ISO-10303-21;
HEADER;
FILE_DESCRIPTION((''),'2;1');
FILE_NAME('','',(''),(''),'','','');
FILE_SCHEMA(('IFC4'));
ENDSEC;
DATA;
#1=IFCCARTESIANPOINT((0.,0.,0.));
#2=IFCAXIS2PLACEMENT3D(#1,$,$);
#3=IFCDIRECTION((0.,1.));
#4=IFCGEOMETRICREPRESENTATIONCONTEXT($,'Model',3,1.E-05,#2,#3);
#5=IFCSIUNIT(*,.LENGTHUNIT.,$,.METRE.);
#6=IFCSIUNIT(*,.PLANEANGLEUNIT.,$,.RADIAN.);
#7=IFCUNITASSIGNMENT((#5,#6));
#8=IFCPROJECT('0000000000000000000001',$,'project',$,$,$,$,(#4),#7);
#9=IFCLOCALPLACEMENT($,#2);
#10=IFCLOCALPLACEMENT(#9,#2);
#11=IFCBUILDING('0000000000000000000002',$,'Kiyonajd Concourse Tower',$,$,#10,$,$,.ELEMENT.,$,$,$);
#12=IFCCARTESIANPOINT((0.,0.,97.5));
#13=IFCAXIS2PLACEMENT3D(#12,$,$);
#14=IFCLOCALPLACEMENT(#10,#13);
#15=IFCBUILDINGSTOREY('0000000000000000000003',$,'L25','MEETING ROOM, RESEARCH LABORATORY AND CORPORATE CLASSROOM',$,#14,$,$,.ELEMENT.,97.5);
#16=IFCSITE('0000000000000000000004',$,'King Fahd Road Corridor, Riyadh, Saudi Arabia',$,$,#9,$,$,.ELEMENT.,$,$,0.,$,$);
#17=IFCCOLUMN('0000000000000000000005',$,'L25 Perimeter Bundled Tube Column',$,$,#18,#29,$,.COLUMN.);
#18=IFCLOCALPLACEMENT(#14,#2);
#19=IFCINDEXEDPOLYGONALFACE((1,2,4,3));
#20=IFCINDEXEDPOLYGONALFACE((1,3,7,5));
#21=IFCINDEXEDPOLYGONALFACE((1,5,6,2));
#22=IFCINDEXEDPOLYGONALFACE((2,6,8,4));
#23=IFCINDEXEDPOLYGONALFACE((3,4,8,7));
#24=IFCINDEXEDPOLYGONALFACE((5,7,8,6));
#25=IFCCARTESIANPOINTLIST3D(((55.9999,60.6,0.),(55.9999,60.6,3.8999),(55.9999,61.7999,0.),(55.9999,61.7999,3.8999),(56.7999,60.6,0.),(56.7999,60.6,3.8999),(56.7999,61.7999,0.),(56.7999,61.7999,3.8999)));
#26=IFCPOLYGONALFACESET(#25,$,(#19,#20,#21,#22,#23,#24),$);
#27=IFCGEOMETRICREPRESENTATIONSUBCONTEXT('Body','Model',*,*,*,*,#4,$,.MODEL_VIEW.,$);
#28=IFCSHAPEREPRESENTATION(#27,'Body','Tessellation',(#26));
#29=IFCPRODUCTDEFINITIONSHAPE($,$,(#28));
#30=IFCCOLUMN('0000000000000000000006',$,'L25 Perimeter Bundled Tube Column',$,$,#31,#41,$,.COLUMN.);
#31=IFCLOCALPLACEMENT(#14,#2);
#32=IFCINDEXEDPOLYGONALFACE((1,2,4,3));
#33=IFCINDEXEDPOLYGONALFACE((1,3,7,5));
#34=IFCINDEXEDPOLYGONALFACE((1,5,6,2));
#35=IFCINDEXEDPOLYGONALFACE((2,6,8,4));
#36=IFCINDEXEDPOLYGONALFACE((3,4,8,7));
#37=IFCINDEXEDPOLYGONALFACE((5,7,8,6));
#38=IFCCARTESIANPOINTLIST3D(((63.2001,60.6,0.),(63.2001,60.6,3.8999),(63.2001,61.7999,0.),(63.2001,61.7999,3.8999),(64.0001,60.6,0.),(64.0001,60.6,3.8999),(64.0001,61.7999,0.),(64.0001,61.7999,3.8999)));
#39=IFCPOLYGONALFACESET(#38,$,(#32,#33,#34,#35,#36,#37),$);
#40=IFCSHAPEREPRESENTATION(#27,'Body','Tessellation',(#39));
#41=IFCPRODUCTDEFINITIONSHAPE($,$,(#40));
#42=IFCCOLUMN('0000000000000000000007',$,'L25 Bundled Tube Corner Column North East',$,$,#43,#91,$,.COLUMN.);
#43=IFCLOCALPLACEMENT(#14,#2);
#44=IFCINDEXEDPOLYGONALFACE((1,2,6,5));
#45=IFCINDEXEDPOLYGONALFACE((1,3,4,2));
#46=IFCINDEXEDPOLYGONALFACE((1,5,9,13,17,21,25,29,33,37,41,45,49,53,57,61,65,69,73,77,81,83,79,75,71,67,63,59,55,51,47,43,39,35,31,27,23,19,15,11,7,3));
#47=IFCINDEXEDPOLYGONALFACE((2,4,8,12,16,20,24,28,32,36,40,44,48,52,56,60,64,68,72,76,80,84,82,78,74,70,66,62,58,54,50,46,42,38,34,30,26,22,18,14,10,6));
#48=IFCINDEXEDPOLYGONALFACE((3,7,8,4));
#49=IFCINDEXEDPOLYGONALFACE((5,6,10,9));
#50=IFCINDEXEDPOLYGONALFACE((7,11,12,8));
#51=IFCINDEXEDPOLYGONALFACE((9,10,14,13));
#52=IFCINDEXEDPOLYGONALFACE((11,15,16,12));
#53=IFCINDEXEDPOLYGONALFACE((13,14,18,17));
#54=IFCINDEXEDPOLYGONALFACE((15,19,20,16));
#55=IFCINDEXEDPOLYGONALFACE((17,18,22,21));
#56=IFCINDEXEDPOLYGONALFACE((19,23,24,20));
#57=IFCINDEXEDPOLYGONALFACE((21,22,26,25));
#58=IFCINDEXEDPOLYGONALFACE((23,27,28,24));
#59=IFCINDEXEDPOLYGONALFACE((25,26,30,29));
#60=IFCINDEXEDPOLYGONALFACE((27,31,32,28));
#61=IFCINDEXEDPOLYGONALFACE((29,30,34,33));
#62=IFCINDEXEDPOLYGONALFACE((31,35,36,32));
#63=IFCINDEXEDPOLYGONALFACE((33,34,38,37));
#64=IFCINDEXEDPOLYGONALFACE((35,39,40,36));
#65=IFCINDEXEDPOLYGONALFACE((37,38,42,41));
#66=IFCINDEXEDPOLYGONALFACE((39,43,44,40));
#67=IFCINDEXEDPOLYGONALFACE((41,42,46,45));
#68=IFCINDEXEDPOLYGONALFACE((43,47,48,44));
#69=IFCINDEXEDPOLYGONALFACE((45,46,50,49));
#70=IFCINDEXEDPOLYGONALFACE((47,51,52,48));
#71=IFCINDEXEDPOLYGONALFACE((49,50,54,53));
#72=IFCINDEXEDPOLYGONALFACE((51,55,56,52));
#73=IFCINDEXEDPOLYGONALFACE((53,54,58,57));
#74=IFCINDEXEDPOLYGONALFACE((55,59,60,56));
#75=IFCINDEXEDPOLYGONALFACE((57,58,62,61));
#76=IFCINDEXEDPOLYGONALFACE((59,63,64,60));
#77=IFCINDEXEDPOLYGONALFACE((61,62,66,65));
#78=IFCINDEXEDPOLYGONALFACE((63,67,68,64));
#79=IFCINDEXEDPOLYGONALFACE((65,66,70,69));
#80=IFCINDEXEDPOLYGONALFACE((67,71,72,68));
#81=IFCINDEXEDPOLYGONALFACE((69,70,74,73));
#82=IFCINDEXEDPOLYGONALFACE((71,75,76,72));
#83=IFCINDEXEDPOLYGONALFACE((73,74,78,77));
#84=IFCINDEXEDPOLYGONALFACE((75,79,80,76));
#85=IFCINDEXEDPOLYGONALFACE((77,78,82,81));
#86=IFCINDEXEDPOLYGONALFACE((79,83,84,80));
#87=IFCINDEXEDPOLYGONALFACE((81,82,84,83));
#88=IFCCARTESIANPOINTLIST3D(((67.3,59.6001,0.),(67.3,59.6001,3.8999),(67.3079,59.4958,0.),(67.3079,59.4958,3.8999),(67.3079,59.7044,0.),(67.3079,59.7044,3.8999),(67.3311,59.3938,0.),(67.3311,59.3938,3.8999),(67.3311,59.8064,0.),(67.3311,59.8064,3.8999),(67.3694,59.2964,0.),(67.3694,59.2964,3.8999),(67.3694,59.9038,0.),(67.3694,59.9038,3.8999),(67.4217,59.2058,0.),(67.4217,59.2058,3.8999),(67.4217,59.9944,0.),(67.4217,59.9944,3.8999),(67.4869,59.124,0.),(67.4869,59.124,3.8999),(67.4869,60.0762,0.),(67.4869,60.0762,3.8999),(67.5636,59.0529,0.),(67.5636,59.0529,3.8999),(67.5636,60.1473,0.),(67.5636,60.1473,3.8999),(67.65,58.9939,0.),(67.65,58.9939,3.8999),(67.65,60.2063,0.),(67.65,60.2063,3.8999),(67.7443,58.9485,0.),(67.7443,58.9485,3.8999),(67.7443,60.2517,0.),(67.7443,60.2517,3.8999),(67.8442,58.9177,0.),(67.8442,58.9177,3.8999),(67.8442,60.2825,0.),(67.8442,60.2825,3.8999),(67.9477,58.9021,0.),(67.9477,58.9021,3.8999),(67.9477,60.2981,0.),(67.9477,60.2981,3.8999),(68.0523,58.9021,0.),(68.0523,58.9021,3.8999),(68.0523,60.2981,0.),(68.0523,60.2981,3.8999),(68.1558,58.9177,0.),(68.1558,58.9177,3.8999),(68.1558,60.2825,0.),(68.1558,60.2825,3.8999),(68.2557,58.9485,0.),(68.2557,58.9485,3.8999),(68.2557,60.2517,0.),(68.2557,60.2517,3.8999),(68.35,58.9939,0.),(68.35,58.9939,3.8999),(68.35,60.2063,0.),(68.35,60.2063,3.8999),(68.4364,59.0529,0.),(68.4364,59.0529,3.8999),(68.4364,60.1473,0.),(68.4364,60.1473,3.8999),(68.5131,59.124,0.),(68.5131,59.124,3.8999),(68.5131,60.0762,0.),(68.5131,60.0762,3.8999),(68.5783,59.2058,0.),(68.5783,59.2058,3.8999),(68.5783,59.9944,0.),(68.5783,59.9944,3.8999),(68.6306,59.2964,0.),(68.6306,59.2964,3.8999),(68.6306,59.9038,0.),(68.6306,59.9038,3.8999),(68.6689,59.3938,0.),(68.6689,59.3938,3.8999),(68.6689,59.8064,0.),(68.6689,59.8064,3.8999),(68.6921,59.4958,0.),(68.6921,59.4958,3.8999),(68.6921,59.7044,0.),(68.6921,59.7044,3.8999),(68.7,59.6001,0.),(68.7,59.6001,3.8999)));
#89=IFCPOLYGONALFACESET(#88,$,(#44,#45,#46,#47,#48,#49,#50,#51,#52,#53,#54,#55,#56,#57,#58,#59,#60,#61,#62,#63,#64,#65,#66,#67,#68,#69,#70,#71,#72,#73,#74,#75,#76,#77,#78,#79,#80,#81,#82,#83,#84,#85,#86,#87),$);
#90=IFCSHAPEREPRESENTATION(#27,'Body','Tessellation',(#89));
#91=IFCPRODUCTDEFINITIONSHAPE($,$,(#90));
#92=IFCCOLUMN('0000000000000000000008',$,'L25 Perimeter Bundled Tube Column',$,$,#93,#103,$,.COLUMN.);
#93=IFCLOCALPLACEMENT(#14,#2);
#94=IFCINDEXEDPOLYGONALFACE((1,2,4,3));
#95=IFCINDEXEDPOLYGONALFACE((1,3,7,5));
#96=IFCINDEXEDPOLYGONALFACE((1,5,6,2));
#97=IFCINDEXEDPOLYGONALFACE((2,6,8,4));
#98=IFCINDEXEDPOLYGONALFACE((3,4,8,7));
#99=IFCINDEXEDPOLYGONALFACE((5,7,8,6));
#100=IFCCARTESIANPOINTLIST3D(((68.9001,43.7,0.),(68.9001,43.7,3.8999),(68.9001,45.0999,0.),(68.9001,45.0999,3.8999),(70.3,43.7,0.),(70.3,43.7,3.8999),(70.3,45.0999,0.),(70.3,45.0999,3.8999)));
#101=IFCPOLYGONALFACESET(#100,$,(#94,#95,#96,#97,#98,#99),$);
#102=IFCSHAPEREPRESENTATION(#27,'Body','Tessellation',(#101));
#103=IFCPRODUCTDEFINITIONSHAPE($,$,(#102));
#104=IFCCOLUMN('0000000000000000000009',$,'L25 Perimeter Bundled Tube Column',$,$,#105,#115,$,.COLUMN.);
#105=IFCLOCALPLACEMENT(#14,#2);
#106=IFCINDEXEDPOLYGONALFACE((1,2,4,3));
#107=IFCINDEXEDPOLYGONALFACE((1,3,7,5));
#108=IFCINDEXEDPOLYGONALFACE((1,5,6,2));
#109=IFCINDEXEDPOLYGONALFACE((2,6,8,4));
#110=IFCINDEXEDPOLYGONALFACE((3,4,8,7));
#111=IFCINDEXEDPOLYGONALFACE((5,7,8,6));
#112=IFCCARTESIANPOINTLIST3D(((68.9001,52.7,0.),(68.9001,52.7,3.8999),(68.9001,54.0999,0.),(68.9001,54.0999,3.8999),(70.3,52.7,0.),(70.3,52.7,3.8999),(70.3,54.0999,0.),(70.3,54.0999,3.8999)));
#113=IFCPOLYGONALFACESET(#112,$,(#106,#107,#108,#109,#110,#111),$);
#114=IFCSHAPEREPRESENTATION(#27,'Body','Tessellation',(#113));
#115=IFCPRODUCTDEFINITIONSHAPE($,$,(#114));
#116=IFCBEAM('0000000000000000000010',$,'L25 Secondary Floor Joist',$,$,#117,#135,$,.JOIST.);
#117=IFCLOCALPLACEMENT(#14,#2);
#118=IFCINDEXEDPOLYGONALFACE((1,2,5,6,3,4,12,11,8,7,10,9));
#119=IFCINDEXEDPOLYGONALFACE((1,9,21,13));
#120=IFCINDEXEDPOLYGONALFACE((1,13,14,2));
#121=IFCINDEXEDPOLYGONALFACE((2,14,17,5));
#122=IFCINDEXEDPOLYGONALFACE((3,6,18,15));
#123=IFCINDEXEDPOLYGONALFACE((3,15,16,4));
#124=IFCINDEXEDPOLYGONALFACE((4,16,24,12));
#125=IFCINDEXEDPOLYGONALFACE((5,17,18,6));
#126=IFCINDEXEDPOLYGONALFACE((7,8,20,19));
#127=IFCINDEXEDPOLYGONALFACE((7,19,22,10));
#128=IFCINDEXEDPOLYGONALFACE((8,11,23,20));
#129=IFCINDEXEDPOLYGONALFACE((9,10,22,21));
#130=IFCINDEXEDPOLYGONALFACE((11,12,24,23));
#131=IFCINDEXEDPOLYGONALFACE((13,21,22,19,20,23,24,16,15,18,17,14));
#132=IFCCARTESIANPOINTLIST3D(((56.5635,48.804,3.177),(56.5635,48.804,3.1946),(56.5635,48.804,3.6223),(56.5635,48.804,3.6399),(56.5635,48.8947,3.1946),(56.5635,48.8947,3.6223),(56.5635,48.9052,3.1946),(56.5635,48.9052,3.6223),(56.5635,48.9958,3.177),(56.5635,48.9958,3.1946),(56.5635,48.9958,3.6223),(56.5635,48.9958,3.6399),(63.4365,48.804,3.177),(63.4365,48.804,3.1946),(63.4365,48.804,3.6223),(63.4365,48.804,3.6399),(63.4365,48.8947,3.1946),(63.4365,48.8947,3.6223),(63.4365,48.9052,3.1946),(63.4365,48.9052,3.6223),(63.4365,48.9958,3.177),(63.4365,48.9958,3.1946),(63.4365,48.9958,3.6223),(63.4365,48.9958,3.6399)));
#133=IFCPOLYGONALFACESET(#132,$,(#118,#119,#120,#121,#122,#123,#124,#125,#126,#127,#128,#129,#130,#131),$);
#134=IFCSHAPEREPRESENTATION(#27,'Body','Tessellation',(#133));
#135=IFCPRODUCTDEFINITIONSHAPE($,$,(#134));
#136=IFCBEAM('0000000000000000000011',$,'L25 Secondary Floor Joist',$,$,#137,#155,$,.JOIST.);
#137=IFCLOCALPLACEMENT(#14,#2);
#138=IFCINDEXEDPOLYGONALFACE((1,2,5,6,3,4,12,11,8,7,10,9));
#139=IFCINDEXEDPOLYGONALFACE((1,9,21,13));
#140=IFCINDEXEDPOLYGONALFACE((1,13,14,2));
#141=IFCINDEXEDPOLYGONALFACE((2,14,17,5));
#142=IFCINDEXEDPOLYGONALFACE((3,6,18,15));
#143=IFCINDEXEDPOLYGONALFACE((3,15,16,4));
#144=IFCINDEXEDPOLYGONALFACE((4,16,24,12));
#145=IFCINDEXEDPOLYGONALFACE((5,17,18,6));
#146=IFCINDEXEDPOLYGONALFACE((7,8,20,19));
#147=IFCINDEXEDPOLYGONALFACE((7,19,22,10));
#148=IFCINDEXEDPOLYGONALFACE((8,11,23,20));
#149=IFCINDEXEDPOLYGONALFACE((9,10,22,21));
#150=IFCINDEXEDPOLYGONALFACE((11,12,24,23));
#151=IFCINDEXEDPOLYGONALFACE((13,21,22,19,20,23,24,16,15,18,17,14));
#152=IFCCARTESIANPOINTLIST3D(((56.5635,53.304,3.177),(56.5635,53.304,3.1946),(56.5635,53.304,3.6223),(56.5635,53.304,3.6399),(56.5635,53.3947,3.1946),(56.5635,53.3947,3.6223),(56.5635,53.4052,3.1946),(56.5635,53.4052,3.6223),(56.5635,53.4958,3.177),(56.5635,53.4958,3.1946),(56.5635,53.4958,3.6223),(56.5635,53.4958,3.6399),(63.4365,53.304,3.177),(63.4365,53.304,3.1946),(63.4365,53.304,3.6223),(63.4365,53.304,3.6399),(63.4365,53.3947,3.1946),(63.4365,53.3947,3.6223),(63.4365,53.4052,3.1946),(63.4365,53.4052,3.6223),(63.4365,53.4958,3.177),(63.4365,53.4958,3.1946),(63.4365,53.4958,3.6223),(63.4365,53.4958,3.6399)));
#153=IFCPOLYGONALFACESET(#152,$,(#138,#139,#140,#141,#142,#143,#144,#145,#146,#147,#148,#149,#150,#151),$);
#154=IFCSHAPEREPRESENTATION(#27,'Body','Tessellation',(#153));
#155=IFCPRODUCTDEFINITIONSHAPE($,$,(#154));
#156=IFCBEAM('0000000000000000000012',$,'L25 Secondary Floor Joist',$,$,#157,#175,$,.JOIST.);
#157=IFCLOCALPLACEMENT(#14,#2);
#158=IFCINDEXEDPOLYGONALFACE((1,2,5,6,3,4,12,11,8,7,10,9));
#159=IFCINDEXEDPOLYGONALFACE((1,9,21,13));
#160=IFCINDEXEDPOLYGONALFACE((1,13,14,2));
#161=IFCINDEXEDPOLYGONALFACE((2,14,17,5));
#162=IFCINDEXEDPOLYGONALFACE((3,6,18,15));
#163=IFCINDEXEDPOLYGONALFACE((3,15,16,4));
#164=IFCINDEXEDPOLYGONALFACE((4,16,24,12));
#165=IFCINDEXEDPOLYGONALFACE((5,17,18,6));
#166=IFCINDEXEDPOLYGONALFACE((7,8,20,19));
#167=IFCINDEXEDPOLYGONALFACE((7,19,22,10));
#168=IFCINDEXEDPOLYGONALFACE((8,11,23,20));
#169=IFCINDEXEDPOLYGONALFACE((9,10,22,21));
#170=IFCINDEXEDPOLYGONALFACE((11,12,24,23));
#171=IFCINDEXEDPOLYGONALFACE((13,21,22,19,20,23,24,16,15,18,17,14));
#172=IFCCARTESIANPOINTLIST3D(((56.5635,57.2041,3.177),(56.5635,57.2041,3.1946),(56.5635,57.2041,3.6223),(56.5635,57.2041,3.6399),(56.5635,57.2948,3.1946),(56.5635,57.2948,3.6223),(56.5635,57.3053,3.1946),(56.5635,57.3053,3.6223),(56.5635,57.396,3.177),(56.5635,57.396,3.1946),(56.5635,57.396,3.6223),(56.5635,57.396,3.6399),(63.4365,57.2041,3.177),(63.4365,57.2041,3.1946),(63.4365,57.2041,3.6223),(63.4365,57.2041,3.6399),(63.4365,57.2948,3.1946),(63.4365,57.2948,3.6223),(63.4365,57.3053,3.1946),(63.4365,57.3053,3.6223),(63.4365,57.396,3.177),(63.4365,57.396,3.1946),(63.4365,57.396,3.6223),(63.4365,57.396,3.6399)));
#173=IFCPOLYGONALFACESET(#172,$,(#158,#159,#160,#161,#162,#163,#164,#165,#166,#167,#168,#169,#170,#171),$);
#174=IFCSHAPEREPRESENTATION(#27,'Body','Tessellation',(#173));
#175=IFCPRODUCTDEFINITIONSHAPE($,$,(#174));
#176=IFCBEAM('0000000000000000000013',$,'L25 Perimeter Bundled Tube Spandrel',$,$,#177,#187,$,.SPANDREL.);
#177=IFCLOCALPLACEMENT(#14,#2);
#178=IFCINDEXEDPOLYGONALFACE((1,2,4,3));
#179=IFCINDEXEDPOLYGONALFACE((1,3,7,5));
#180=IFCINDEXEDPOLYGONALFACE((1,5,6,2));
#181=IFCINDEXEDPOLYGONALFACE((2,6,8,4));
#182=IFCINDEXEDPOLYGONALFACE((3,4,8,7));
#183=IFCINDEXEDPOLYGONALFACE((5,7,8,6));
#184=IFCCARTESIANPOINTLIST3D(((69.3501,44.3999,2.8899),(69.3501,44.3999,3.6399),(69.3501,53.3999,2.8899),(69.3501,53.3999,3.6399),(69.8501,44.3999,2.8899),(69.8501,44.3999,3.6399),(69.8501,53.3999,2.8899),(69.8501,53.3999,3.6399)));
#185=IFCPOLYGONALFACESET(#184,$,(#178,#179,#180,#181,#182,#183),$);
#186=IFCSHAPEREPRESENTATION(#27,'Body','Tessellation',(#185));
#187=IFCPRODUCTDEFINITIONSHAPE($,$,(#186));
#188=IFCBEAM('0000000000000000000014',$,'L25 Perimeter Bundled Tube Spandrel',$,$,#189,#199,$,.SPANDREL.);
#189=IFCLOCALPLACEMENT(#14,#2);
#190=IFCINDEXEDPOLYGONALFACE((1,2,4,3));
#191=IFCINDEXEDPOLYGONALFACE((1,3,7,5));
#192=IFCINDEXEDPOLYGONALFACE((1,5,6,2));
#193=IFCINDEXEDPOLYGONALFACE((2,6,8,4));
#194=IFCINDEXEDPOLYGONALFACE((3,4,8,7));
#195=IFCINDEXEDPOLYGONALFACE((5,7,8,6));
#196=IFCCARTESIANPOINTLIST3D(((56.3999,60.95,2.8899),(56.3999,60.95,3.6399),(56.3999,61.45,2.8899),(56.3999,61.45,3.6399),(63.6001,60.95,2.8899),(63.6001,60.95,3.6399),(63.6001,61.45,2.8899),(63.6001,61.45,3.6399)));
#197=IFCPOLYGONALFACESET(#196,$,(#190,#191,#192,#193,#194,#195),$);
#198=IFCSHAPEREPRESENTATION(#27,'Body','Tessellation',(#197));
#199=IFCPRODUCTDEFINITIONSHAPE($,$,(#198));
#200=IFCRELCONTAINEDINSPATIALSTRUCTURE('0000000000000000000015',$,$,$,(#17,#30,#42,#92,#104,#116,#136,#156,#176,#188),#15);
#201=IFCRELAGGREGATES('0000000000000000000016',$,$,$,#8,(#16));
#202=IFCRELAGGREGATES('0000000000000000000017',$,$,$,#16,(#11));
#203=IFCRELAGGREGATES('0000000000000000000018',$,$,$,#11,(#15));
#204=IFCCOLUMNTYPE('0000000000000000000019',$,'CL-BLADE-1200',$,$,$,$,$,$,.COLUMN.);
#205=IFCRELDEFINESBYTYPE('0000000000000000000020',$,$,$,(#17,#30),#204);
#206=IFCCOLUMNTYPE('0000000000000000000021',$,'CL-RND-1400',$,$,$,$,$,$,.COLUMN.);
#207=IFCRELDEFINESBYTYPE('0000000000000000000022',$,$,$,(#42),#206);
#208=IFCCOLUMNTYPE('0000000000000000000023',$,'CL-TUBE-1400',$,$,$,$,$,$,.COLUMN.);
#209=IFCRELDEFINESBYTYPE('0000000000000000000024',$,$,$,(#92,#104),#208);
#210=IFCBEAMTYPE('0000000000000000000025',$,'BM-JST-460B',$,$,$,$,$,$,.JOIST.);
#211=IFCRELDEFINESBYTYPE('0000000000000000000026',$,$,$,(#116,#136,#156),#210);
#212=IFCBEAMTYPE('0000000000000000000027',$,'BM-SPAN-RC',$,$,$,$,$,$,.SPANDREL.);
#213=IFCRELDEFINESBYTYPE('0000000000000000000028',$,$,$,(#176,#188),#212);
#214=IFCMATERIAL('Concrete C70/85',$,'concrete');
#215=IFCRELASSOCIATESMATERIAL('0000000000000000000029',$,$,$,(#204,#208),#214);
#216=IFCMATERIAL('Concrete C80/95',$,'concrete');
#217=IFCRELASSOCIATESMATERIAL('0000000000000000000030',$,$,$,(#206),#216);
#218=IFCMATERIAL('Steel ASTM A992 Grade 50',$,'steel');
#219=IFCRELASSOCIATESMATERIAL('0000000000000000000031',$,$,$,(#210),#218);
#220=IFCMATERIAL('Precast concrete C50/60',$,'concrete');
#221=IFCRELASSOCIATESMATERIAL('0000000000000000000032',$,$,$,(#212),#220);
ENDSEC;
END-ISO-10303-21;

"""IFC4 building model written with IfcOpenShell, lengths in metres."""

from ifc_helpers import new_model, si_unit, direction, frame, origin, origin_2d, place, context, subcontext, project, spatial, rectangle, circle, i_section, extrude, material, material_profile, profile_set, type_object, element, save


model = new_model("IFC4")

# Units and contexts
model_context = context("Model", 3, precision=1e-05, world=origin(), true_north=direction((0.0, 1.0)))
body_context = subcontext(model_context, "Body", "Model", "MODEL_VIEW")
ifc_project = project(units=[si_unit("LENGTHUNIT", "METRE"), si_unit("PLANEANGLEUNIT", "RADIAN")], contexts=[model_context])

# Site, building, storey
site_placement = place(None, origin())
site = spatial("IfcSite", under=ifc_project, at=site_placement, Name="King Fahd Road Corridor, Riyadh, Saudi Arabia", CompositionType="ELEMENT", RefElevation=0.0)
building_placement = place(site_placement, origin())
building = spatial("IfcBuilding", under=site, at=building_placement, Name="Kiyonajd Concourse Tower", CompositionType="ELEMENT")
storey_placement = place(building_placement, frame((0.0, 0.0, 97.5)))
storey = spatial("IfcBuildingStorey", under=building, at=storey_placement, Name="L25", Description="MEETING ROOM, RESEARCH LABORATORY AND CORPORATE CLASSROOM", CompositionType="ELEMENT", Elevation=97.5)

# Columns
ifc_material_1 = material(Name="Concrete C70/85", Category="concrete")
ifc_material_profile_1 = material_profile(ifc_material_1, rectangle(XDim=0.8, YDim=1.2, at=origin_2d()), Name="RC-1200x800")
ifc_profile_set_1 = profile_set([ifc_material_profile_1], Name="Concrete C70/85")
column_type_1 = type_object("IfcColumnType", Name="CL-BLADE-1200", PredefinedType="COLUMN", material=ifc_profile_set_1)
for number, where, z_axis, x_axis, name in (
    (1, (56.3999, 61.2, 0.0), (0.0, 0.0, 1.0), (1.0, 0.0, 0.0), "L25 Perimeter Bundled Tube Column"),
    (2, (63.6001, 61.2, 0.0), (0.0, 0.0, 1.0), (1.0, 0.0, 0.0), "L25 Perimeter Bundled Tube Column"),
):
    element("IfcColumn", number, at=place(storey_placement, frame(where, z_axis=z_axis, x_axis=x_axis)), inside=storey, type_object=column_type_1, Name=name, PredefinedType="COLUMN", context=body_context, shape_type="SweptSolid", body=[
        extrude(rectangle(XDim=0.8, YDim=1.2, at=origin_2d()), origin(), (0.0, 0.0, 1.0), 3.8999),
    ])
ifc_material_2 = material(Name="Concrete C80/95", Category="concrete")
ifc_material_profile_2 = material_profile(ifc_material_2, circle(Radius=0.7, at=origin_2d()), Name="RCC-D1400")
ifc_profile_set_2 = profile_set([ifc_material_profile_2], Name="Concrete C80/95")
column_type_2 = type_object("IfcColumnType", Name="CL-RND-1400", PredefinedType="COLUMN", material=ifc_profile_set_2)
column_placement = place(storey_placement, frame((68.0, 59.6001, 0.0), z_axis=(0.0, 0.0, 1.0), x_axis=(1.0, 0.0, 0.0)))
element("IfcColumn", 3, at=column_placement, inside=storey, type_object=column_type_2, Name="L25 Bundled Tube Corner Column North East", PredefinedType="COLUMN", context=body_context, shape_type="SweptSolid", body=[
    extrude(circle(Radius=0.7, at=origin_2d()), origin(), (0.0, 0.0, 1.0), 3.8999),
])
ifc_material_profile_3 = material_profile(ifc_material_1, rectangle(XDim=1.3999, YDim=1.3999, at=origin_2d()), Name="RC-1400x1400")
ifc_profile_set_3 = profile_set([ifc_material_profile_3], Name="Concrete C70/85")
column_type_3 = type_object("IfcColumnType", Name="CL-TUBE-1400", PredefinedType="COLUMN", material=ifc_profile_set_3)
for number, where, z_axis, x_axis, name in (
    (4, (69.6001, 44.3999, 0.0), (0.0, 0.0, 1.0), (1.0, 0.0, 0.0), "L25 Perimeter Bundled Tube Column"),
    (5, (69.6001, 53.3999, 0.0), (0.0, 0.0, 1.0), (1.0, 0.0, 0.0), "L25 Perimeter Bundled Tube Column"),
):
    element("IfcColumn", number, at=place(storey_placement, frame(where, z_axis=z_axis, x_axis=x_axis)), inside=storey, type_object=column_type_3, Name=name, PredefinedType="COLUMN", context=body_context, shape_type="SweptSolid", body=[
        extrude(rectangle(XDim=1.3999, YDim=1.3999, at=origin_2d()), origin(), (0.0, 0.0, 1.0), 3.8999),
    ])

# Beams
ifc_material_3 = material(Name="Steel ASTM A992 Grade 50", Category="steel")
ifc_material_profile_4 = material_profile(ifc_material_3, i_section(OverallWidth=0.1919, OverallDepth=0.4629, WebThickness=0.0105, FlangeThickness=0.0176, at=origin_2d()), Name="W460X89")
ifc_profile_set_4 = profile_set([ifc_material_profile_4], Name="Steel ASTM A992 Grade 50")
beam_type_1 = type_object("IfcBeamType", Name="BM-JST-460B", PredefinedType="JOIST", material=ifc_profile_set_4)
for number, where, z_axis, x_axis, name in (
    (6, (56.5635, 48.8999, 3.4084), (1.0, 0.0, 0.0), (0.0, 1.0, 0.0), "L25 Secondary Floor Joist"),
    (7, (56.5635, 53.3999, 3.4084), (1.0, 0.0, 0.0), (0.0, 1.0, 0.0), "L25 Secondary Floor Joist"),
    (8, (56.5635, 57.3, 3.4084), (1.0, 0.0, 0.0), (0.0, 1.0, 0.0), "L25 Secondary Floor Joist"),
):
    element("IfcBeam", number, at=place(storey_placement, frame(where, z_axis=z_axis, x_axis=x_axis)), inside=storey, type_object=beam_type_1, Name=name, PredefinedType="JOIST", context=body_context, shape_type="SweptSolid", body=[
        extrude(i_section(OverallWidth=0.1919, OverallDepth=0.4629, WebThickness=0.0105, FlangeThickness=0.0176, at=origin_2d()), origin(), (0.0, 0.0, 1.0), 6.873),
    ])
ifc_material_4 = material(Name="Precast concrete C50/60", Category="concrete")
ifc_material_profile_5 = material_profile(ifc_material_4, rectangle(XDim=0.5, YDim=0.75, at=origin_2d()), Name="RCBM-500x750")
ifc_profile_set_5 = profile_set([ifc_material_profile_5], Name="Precast concrete C50/60")
beam_type_2 = type_object("IfcBeamType", Name="BM-SPAN-RC", PredefinedType="SPANDREL", material=ifc_profile_set_5)
beam_1_placement = place(storey_placement, frame((69.6001, 44.3999, 3.2649), z_axis=(0.0, 1.0, 0.0), x_axis=(-1.0, 0.0, 0.0)))
element("IfcBeam", 9, at=beam_1_placement, inside=storey, type_object=beam_type_2, Name="L25 Perimeter Bundled Tube Spandrel", PredefinedType="SPANDREL", context=body_context, shape_type="SweptSolid", body=[
    extrude(rectangle(XDim=0.5, YDim=0.75, at=origin_2d()), origin(), (0.0, 0.0, 1.0), 9.0),
])
beam_2_placement = place(storey_placement, frame((63.6001, 61.2, 3.2649), z_axis=(-1.0, 0.0, 0.0), x_axis=(0.0, -1.0, 0.0)))
element("IfcBeam", 10, at=beam_2_placement, inside=storey, type_object=beam_type_2, Name="L25 Perimeter Bundled Tube Spandrel", PredefinedType="SPANDREL", context=body_context, shape_type="SweptSolid", body=[
    extrude(rectangle(XDim=0.5, YDim=0.75, at=origin_2d()), origin(), (0.0, 0.0, 1.0), 7.2002),
])

save(model, "model.ifc")
